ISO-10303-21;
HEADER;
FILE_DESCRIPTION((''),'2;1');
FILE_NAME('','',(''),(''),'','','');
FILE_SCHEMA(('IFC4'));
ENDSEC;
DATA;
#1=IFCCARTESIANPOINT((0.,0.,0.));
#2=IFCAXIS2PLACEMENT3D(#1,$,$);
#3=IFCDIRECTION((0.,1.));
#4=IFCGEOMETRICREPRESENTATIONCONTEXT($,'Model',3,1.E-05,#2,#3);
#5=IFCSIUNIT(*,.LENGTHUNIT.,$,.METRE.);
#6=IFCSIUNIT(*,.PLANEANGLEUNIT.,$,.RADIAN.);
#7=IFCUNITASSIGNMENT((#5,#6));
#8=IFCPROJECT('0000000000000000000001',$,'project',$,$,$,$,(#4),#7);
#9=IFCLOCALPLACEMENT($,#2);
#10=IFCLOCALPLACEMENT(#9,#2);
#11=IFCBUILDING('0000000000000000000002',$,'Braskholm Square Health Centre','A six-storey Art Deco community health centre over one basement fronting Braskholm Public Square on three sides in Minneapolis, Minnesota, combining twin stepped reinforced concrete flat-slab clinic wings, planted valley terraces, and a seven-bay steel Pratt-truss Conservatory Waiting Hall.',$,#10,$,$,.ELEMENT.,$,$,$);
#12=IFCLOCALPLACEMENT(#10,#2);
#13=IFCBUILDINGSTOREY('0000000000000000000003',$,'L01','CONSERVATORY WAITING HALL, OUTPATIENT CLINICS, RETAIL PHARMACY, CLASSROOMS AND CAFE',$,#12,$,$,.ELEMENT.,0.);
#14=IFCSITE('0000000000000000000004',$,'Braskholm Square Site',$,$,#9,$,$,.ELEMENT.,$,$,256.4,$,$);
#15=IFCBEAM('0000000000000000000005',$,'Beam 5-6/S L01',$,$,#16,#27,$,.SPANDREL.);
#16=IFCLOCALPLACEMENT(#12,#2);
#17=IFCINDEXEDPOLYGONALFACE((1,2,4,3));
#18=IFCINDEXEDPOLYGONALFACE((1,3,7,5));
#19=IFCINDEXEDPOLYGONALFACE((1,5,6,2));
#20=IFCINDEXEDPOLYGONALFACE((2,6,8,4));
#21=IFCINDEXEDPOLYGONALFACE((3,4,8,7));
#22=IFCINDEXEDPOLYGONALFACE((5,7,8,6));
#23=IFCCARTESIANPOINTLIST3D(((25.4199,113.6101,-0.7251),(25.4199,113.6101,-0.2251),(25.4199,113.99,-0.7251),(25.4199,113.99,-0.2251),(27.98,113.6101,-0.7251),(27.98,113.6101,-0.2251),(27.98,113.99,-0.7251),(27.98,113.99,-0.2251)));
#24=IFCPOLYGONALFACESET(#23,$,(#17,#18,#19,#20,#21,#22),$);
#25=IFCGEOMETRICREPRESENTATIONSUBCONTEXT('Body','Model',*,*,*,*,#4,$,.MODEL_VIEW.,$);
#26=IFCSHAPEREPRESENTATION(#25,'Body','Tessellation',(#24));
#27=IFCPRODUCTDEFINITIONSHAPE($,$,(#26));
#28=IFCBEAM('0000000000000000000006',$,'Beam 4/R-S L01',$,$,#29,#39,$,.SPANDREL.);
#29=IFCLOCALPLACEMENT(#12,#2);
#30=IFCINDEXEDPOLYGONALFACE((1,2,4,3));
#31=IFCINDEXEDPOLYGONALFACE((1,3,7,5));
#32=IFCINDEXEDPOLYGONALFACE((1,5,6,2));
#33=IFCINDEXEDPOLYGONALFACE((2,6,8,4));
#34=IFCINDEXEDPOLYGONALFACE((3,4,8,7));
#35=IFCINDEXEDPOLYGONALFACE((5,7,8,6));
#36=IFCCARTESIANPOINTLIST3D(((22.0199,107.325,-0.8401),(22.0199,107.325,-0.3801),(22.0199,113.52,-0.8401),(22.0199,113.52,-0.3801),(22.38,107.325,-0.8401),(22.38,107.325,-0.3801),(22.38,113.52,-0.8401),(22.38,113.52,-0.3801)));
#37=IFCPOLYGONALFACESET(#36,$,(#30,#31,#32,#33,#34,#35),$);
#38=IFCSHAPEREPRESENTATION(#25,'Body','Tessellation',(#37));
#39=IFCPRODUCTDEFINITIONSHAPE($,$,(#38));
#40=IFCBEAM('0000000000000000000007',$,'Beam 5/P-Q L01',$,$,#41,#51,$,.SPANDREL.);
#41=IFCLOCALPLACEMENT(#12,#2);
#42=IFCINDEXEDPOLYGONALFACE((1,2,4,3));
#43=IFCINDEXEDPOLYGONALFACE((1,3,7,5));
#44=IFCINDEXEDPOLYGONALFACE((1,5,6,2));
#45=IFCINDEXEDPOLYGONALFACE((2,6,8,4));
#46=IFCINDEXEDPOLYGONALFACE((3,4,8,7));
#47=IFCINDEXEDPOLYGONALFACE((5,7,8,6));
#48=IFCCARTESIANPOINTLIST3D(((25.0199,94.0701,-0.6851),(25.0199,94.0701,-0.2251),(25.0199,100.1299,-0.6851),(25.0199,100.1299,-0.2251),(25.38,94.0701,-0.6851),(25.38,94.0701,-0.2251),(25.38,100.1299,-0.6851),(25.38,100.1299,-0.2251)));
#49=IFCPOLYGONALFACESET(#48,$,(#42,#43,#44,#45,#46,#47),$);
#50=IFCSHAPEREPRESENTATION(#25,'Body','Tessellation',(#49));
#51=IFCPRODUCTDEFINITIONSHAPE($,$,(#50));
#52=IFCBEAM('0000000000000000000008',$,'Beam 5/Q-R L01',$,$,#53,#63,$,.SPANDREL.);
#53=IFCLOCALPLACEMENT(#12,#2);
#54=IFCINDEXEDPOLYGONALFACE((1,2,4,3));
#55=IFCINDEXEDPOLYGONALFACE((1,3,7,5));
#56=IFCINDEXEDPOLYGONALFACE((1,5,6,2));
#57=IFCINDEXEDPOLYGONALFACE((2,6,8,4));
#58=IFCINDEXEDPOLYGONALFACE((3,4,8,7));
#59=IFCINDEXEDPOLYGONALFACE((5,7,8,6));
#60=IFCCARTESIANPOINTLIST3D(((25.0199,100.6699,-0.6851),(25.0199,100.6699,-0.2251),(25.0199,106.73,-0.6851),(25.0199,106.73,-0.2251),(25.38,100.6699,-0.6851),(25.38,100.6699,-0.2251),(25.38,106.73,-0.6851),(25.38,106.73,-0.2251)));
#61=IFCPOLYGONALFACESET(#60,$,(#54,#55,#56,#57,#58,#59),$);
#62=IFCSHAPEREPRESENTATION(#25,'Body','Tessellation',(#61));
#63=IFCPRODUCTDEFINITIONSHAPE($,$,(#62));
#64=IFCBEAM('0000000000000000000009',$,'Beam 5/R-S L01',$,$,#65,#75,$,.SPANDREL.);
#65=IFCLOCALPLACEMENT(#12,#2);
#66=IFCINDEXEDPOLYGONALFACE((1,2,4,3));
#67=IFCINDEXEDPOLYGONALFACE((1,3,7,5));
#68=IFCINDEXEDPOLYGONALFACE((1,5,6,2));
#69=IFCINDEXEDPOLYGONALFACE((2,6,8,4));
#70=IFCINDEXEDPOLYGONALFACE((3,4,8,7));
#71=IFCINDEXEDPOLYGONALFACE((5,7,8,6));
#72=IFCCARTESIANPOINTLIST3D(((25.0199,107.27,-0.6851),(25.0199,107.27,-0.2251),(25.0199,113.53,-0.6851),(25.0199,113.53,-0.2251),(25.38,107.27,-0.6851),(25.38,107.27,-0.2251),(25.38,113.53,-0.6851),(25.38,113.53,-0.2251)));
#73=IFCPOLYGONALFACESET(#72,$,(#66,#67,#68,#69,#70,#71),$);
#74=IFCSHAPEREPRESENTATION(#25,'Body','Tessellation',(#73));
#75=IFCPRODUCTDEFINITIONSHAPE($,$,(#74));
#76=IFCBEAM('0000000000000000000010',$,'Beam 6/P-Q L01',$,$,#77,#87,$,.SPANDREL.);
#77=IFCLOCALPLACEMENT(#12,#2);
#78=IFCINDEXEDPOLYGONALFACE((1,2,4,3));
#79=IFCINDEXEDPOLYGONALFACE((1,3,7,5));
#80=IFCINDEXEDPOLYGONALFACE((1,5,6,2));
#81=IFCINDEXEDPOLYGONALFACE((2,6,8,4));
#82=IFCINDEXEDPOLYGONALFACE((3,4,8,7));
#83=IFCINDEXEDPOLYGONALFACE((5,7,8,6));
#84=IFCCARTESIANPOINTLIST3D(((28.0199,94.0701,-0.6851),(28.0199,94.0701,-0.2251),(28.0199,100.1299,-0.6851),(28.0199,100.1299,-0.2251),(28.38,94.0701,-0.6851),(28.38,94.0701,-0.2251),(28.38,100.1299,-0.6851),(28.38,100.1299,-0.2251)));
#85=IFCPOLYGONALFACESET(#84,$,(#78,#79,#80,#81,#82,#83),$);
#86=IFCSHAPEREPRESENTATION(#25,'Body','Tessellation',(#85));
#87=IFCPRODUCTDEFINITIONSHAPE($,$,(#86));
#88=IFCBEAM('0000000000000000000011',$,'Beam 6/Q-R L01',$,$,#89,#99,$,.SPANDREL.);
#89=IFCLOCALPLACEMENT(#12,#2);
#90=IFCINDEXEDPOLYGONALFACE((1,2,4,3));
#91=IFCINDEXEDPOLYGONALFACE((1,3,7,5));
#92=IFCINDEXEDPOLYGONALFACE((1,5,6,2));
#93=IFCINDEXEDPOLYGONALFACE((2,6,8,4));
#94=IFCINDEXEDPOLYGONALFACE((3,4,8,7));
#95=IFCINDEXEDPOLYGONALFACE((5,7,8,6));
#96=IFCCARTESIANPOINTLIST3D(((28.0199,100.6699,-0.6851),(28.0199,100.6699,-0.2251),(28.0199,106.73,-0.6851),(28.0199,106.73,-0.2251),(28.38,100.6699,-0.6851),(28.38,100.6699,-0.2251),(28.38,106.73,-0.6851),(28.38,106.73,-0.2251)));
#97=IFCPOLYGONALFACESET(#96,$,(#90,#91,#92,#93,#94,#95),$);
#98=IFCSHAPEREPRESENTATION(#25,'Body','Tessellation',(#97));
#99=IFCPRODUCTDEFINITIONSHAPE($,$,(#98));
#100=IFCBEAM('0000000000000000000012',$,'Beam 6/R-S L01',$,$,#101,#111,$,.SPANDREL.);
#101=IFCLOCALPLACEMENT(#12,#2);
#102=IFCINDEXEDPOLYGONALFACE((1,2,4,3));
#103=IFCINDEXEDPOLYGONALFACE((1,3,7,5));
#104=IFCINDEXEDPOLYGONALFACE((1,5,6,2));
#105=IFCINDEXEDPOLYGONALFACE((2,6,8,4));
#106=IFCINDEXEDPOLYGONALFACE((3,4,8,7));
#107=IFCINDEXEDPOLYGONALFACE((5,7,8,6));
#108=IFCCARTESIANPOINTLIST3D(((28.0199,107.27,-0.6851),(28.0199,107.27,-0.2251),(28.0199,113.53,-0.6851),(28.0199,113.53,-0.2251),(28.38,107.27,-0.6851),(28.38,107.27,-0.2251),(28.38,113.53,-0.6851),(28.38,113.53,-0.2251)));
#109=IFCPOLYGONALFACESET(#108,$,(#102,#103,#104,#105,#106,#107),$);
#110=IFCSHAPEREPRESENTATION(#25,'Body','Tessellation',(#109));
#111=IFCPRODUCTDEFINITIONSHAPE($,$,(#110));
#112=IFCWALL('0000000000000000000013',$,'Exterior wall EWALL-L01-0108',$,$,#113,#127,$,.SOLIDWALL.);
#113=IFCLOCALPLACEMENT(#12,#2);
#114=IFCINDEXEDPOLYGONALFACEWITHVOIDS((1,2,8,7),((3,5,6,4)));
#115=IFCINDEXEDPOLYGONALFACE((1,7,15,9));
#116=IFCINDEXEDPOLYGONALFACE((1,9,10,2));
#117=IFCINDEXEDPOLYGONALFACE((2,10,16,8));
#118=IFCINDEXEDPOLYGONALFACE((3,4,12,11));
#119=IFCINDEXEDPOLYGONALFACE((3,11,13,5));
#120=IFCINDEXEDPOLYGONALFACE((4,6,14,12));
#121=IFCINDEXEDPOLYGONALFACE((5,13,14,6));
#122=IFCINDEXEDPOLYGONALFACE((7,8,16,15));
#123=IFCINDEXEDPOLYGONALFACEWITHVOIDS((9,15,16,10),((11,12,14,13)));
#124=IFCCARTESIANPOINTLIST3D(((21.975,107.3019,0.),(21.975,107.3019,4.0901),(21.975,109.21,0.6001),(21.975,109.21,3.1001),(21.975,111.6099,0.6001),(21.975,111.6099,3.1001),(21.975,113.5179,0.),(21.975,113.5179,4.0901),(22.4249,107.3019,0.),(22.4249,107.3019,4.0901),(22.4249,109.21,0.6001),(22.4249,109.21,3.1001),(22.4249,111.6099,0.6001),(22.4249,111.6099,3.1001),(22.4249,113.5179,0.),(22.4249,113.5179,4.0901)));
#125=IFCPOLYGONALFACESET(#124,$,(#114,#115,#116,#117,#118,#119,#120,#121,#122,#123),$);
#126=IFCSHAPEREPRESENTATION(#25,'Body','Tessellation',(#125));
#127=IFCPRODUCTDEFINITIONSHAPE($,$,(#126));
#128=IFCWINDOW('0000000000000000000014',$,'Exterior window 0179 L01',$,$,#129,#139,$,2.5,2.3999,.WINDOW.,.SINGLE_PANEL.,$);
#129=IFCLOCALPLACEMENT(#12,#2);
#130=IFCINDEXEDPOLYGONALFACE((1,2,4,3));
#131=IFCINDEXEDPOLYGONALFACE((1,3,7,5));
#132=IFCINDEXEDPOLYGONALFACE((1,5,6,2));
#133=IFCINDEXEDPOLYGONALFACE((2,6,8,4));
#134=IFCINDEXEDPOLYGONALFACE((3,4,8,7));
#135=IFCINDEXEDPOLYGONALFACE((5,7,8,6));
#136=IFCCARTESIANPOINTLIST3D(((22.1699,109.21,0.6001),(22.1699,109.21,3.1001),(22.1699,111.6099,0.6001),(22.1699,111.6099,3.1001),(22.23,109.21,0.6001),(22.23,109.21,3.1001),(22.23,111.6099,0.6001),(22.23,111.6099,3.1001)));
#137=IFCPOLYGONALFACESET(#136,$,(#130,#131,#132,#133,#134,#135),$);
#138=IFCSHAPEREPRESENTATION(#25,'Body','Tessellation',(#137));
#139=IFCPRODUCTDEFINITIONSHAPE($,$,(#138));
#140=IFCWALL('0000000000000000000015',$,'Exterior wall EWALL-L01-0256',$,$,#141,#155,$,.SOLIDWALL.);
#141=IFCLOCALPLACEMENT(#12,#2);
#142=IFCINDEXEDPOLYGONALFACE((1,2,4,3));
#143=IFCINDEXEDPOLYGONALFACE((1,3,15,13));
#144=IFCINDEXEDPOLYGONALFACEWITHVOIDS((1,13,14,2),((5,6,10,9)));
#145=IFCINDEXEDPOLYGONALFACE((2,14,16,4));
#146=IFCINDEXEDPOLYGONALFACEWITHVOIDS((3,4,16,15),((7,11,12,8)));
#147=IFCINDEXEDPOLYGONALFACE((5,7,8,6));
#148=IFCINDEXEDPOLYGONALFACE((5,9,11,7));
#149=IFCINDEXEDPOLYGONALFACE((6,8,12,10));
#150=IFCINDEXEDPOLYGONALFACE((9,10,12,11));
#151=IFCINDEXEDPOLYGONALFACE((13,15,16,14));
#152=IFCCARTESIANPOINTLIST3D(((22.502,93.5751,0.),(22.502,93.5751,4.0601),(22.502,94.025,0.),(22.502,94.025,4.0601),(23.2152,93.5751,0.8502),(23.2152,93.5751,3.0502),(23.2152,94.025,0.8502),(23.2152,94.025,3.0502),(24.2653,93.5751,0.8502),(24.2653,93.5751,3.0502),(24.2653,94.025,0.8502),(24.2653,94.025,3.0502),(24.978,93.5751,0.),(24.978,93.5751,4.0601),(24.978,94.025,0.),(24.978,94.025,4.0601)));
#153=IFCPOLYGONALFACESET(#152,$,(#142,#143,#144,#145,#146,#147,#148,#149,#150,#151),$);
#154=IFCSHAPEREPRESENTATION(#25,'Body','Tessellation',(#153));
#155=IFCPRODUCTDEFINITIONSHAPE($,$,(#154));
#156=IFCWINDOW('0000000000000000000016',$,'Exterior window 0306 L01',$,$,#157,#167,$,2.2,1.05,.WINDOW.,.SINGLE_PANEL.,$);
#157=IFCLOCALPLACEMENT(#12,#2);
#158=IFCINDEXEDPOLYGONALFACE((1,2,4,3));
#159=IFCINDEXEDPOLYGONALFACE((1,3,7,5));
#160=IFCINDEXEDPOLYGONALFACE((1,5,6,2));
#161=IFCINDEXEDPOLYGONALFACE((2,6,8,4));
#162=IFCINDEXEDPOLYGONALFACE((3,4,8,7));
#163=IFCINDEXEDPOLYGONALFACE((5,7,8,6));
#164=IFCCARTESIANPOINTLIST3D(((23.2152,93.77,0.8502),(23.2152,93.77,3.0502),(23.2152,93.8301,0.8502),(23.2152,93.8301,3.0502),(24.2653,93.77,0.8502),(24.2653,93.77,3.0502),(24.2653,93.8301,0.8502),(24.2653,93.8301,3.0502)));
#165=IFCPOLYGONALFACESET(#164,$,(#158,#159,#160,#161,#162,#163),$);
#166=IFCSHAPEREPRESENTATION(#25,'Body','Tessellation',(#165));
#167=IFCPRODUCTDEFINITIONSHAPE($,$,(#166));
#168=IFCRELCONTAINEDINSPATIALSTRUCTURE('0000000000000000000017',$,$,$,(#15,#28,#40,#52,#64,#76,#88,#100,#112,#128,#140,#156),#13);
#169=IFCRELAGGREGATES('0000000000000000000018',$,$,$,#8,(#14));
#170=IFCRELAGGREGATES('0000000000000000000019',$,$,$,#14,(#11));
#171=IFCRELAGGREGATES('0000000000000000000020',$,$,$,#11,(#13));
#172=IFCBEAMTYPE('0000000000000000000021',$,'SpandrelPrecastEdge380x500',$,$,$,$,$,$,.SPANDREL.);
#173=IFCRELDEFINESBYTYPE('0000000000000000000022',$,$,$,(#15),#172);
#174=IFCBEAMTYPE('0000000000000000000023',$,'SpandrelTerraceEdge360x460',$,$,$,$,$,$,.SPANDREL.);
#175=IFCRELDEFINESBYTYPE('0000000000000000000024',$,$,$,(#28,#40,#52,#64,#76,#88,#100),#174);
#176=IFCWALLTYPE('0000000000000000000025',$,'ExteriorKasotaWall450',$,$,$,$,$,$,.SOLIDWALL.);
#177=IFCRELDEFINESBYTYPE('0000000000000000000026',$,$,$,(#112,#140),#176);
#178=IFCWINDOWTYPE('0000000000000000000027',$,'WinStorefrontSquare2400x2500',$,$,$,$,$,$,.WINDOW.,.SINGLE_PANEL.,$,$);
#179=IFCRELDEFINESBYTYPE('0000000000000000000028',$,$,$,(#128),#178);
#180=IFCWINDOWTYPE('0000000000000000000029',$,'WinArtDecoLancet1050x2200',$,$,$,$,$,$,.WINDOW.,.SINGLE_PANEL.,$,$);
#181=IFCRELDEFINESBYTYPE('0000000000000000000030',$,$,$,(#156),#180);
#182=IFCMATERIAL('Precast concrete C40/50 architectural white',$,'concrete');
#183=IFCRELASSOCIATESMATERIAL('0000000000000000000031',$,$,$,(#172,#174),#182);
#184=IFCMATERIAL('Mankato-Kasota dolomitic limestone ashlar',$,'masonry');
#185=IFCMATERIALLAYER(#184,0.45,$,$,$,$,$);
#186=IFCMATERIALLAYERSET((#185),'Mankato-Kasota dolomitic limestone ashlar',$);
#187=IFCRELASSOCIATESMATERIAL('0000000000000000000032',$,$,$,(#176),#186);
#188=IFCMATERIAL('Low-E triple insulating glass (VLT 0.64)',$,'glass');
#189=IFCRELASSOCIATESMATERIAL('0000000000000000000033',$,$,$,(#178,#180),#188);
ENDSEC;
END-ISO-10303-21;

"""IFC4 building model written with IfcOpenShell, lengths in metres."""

from ifc_helpers import new_model, si_unit, direction, frame, frame_2d, origin, origin_with_axes, origin_2d, place, context, subcontext, project, spatial, rectangle, extrude, material, layer, layer_set, material_profile, profile_set, type_object, element, fill, save


model = new_model("IFC4")

# Units and contexts
model_context = context("Model", 3, precision=1e-05, world=origin(), true_north=direction((0.0, 1.0)))
body_context = subcontext(model_context, "Body", "Model", "MODEL_VIEW")
ifc_project = project(units=[si_unit("LENGTHUNIT", "METRE"), si_unit("PLANEANGLEUNIT", "RADIAN")], contexts=[model_context])

# Site, building, storey
site_placement = place(None, origin())
site = spatial("IfcSite", under=ifc_project, at=site_placement, Name="Braskholm Square Site", CompositionType="ELEMENT", RefElevation=256.4)
building_placement = place(site_placement, origin())
building = spatial("IfcBuilding", under=site, at=building_placement, Name="Braskholm Square Health Centre", Description="A six-storey Art Deco community health centre over one basement fronting Braskholm Public Square on three sides in Minneapolis, Minnesota, combining twin stepped reinforced concrete flat-slab clinic wings, planted valley terraces, and a seven-bay steel Pratt-truss Conservatory Waiting Hall.", CompositionType="ELEMENT")
storey_placement = place(building_placement, origin())
storey = spatial("IfcBuildingStorey", under=building, at=storey_placement, Name="L01", Description="CONSERVATORY WAITING HALL, OUTPATIENT CLINICS, RETAIL PHARMACY, CLASSROOMS AND CAFE", CompositionType="ELEMENT", Elevation=0.0)

# Shared definitions
ifc_material_1 = material(Name="Precast concrete C40/50 architectural white", Category="concrete")

# Beams
ifc_material_profile_1 = material_profile(ifc_material_1, rectangle(XDim=0.3799, YDim=0.5, at=origin_2d()), Name="RCB-380X500")
ifc_profile_set_1 = profile_set([ifc_material_profile_1], Name="Precast concrete C40/50 architectural white")
beam_type_1 = type_object("IfcBeamType", Name="SpandrelPrecastEdge380x500", PredefinedType="SPANDREL", material=ifc_profile_set_1)
beam_1_placement = place(storey_placement, frame((25.4199, 113.8, -0.4751), z_axis=(1.0, 0.0, 0.0), x_axis=(0.0, 1.0, 0.0)))
element("IfcBeam", 1, at=beam_1_placement, inside=storey, type_object=beam_type_1, Name="Beam 5-6/S L01", PredefinedType="SPANDREL", context=body_context, shape_type="SweptSolid", body=[
    extrude(rectangle(XDim=0.3799, YDim=0.5, at=origin_2d()), origin(), (0.0, 0.0, 1.0), 2.5601),
])
ifc_material_profile_2 = material_profile(ifc_material_1, rectangle(XDim=0.3601, YDim=0.46, at=origin_2d()), Name="RCB-360X460")
ifc_profile_set_2 = profile_set([ifc_material_profile_2], Name="Precast concrete C40/50 architectural white")
beam_type_2 = type_object("IfcBeamType", Name="SpandrelTerraceEdge360x460", PredefinedType="SPANDREL", material=ifc_profile_set_2)
beam_2_placement = place(storey_placement, frame((22.2, 107.325, -0.6101), z_axis=(0.0, 1.0, 0.0), x_axis=(-1.0, 0.0, 0.0)))
element("IfcBeam", 2, at=beam_2_placement, inside=storey, type_object=beam_type_2, Name="Beam 4/R-S L01", PredefinedType="SPANDREL", context=body_context, shape_type="SweptSolid", body=[
    extrude(rectangle(XDim=0.3601, YDim=0.46, at=origin_2d()), origin(), (0.0, 0.0, 1.0), 6.1951),
])
beam_3_placement = place(storey_placement, frame((25.2, 94.0701, -0.4551), z_axis=(0.0, 1.0, 0.0), x_axis=(-1.0, 0.0, 0.0)))
element("IfcBeam", 3, at=beam_3_placement, inside=storey, type_object=beam_type_2, Name="Beam 5/P-Q L01", PredefinedType="SPANDREL", context=body_context, shape_type="SweptSolid", body=[
    extrude(rectangle(XDim=0.3601, YDim=0.46, at=origin_2d()), origin(), (0.0, 0.0, 1.0), 6.0598),
])
beam_4_placement = place(storey_placement, frame((25.2, 100.6699, -0.4551), z_axis=(0.0, 1.0, 0.0), x_axis=(-1.0, 0.0, 0.0)))
element("IfcBeam", 4, at=beam_4_placement, inside=storey, type_object=beam_type_2, Name="Beam 5/Q-R L01", PredefinedType="SPANDREL", context=body_context, shape_type="SweptSolid", body=[
    extrude(rectangle(XDim=0.3601, YDim=0.46, at=origin_2d()), origin(), (0.0, 0.0, 1.0), 6.0601),
])
beam_5_placement = place(storey_placement, frame((25.2, 107.27, -0.4551), z_axis=(0.0, 1.0, 0.0), x_axis=(-1.0, 0.0, 0.0)))
element("IfcBeam", 5, at=beam_5_placement, inside=storey, type_object=beam_type_2, Name="Beam 5/R-S L01", PredefinedType="SPANDREL", context=body_context, shape_type="SweptSolid", body=[
    extrude(rectangle(XDim=0.3601, YDim=0.46, at=origin_2d()), origin(), (0.0, 0.0, 1.0), 6.26),
])
beam_6_placement = place(storey_placement, frame((28.2, 94.0701, -0.4551), z_axis=(0.0, 1.0, 0.0), x_axis=(-1.0, 0.0, 0.0)))
element("IfcBeam", 6, at=beam_6_placement, inside=storey, type_object=beam_type_2, Name="Beam 6/P-Q L01", PredefinedType="SPANDREL", context=body_context, shape_type="SweptSolid", body=[
    extrude(rectangle(XDim=0.3601, YDim=0.46, at=origin_2d()), origin(), (0.0, 0.0, 1.0), 6.0598),
])
beam_7_placement = place(storey_placement, frame((28.2, 100.6699, -0.4551), z_axis=(0.0, 1.0, 0.0), x_axis=(-1.0, 0.0, 0.0)))
element("IfcBeam", 7, at=beam_7_placement, inside=storey, type_object=beam_type_2, Name="Beam 6/Q-R L01", PredefinedType="SPANDREL", context=body_context, shape_type="SweptSolid", body=[
    extrude(rectangle(XDim=0.3601, YDim=0.46, at=origin_2d()), origin(), (0.0, 0.0, 1.0), 6.0601),
])
beam_8_placement = place(storey_placement, frame((28.2, 107.27, -0.4551), z_axis=(0.0, 1.0, 0.0), x_axis=(-1.0, 0.0, 0.0)))
element("IfcBeam", 8, at=beam_8_placement, inside=storey, type_object=beam_type_2, Name="Beam 6/R-S L01", PredefinedType="SPANDREL", context=body_context, shape_type="SweptSolid", body=[
    extrude(rectangle(XDim=0.3601, YDim=0.46, at=origin_2d()), origin(), (0.0, 0.0, 1.0), 6.26),
])

# Walls, openings, windows
ifc_material_2 = material(Name="Mankato-Kasota dolomitic limestone ashlar", Category="masonry")
ifc_layer_1 = layer(ifc_material_2, 0.45)
ifc_layer_set_1 = layer_set([ifc_layer_1], Name="Mankato-Kasota dolomitic limestone ashlar")
wall_type = type_object("IfcWallType", Name="ExteriorKasotaWall450", PredefinedType="SOLIDWALL", material=ifc_layer_set_1)
wall_1_placement = place(storey_placement, frame((22.2, 107.302, 0.0), z_axis=(0.0, 0.0, 1.0), x_axis=(0.0, 1.0, 0.0)))
wall_1 = element("IfcWall", 9, at=wall_1_placement, inside=storey, type_object=wall_type, Name="Exterior wall EWALL-L01-0108", PredefinedType="SOLIDWALL", context=body_context, shape_type="SweptSolid", body=[
    extrude(rectangle(XDim=6.2161, YDim=0.45, at=frame_2d((3.1079, 0.0))), origin(), (0.0, 0.0, 1.0), 4.0901),
])
opening_1_placement = place(wall_1_placement, frame((1.908, 0.0, 0.6001)))
opening_1 = element("IfcOpeningElement", 10, at=opening_1_placement, cuts=wall_1, PredefinedType="OPENING", context=body_context, shape_type="SweptSolid", body=[
    extrude(rectangle(XDim=2.3999, YDim=2.5, at=frame_2d((1.2, 1.25))), frame((0.0, 0.2349, 0.0), z_axis=(0.0, -1.0, 0.0), x_axis=(1.0, 0.0, 0.0)), (0.0, 0.0, 1.0), 0.47),
])
ifc_material_3 = material(Name="Low-E triple insulating glass (VLT 0.64)", Category="glass")
window_type_1 = type_object("IfcWindowType", Name="WinStorefrontSquare2400x2500", PartitioningType="SINGLE_PANEL", PredefinedType="WINDOW", material=ifc_material_3)
window_1_placement = place(opening_1_placement, origin_with_axes())
window_1 = element("IfcWindow", 11, at=window_1_placement, inside=storey, type_object=window_type_1, Name="Exterior window 0179 L01", OverallHeight=2.5, OverallWidth=2.3999, PartitioningType="SINGLE_PANEL", PredefinedType="WINDOW", context=body_context, shape_type="SweptSolid", body=[
    extrude(rectangle(XDim=2.3999, YDim=2.5, at=frame_2d((1.2, 1.25))), frame((0.0, 0.03, 0.0), z_axis=(0.0, -1.0, 0.0), x_axis=(1.0, 0.0, 0.0)), (0.0, 0.0, 1.0), 0.0601),
])
fill(opening_1, window_1)
wall_2_placement = place(storey_placement, frame((24.978, 93.8, 0.0), z_axis=(0.0, 0.0, 1.0), x_axis=(-1.0, 0.0, 0.0)))
wall_2 = element("IfcWall", 12, at=wall_2_placement, inside=storey, type_object=wall_type, Name="Exterior wall EWALL-L01-0256", PredefinedType="SOLIDWALL", context=body_context, shape_type="SweptSolid", body=[
    extrude(rectangle(XDim=2.4761, YDim=0.45, at=frame_2d((1.238, 0.0))), origin(), (0.0, 0.0, 1.0), 4.0601),
])
opening_2_placement = place(wall_2_placement, frame((0.7129, 0.0, 0.8501)))
opening_2 = element("IfcOpeningElement", 13, at=opening_2_placement, cuts=wall_2, PredefinedType="OPENING", context=body_context, shape_type="SweptSolid", body=[
    extrude(rectangle(XDim=1.05, YDim=2.2, at=frame_2d((0.5249, 1.1001))), frame((0.0, 0.2349, 0.0), z_axis=(0.0, -1.0, 0.0), x_axis=(1.0, 0.0, 0.0)), (0.0, 0.0, 1.0), 0.47),
])
window_type_2 = type_object("IfcWindowType", Name="WinArtDecoLancet1050x2200", PartitioningType="SINGLE_PANEL", PredefinedType="WINDOW", material=ifc_material_3)
window_2_placement = place(opening_2_placement, origin_with_axes())
window_2 = element("IfcWindow", 14, at=window_2_placement, inside=storey, type_object=window_type_2, Name="Exterior window 0306 L01", OverallHeight=2.2, OverallWidth=1.05, PartitioningType="SINGLE_PANEL", PredefinedType="WINDOW", context=body_context, shape_type="SweptSolid", body=[
    extrude(rectangle(XDim=1.05, YDim=2.2, at=frame_2d((0.5249, 1.1001))), frame((0.0, 0.03, 0.0), z_axis=(0.0, -1.0, 0.0), x_axis=(1.0, 0.0, 0.0)), (0.0, 0.0, 1.0), 0.0601),
])
fill(opening_2, window_2)

save(model, "model.ifc")
